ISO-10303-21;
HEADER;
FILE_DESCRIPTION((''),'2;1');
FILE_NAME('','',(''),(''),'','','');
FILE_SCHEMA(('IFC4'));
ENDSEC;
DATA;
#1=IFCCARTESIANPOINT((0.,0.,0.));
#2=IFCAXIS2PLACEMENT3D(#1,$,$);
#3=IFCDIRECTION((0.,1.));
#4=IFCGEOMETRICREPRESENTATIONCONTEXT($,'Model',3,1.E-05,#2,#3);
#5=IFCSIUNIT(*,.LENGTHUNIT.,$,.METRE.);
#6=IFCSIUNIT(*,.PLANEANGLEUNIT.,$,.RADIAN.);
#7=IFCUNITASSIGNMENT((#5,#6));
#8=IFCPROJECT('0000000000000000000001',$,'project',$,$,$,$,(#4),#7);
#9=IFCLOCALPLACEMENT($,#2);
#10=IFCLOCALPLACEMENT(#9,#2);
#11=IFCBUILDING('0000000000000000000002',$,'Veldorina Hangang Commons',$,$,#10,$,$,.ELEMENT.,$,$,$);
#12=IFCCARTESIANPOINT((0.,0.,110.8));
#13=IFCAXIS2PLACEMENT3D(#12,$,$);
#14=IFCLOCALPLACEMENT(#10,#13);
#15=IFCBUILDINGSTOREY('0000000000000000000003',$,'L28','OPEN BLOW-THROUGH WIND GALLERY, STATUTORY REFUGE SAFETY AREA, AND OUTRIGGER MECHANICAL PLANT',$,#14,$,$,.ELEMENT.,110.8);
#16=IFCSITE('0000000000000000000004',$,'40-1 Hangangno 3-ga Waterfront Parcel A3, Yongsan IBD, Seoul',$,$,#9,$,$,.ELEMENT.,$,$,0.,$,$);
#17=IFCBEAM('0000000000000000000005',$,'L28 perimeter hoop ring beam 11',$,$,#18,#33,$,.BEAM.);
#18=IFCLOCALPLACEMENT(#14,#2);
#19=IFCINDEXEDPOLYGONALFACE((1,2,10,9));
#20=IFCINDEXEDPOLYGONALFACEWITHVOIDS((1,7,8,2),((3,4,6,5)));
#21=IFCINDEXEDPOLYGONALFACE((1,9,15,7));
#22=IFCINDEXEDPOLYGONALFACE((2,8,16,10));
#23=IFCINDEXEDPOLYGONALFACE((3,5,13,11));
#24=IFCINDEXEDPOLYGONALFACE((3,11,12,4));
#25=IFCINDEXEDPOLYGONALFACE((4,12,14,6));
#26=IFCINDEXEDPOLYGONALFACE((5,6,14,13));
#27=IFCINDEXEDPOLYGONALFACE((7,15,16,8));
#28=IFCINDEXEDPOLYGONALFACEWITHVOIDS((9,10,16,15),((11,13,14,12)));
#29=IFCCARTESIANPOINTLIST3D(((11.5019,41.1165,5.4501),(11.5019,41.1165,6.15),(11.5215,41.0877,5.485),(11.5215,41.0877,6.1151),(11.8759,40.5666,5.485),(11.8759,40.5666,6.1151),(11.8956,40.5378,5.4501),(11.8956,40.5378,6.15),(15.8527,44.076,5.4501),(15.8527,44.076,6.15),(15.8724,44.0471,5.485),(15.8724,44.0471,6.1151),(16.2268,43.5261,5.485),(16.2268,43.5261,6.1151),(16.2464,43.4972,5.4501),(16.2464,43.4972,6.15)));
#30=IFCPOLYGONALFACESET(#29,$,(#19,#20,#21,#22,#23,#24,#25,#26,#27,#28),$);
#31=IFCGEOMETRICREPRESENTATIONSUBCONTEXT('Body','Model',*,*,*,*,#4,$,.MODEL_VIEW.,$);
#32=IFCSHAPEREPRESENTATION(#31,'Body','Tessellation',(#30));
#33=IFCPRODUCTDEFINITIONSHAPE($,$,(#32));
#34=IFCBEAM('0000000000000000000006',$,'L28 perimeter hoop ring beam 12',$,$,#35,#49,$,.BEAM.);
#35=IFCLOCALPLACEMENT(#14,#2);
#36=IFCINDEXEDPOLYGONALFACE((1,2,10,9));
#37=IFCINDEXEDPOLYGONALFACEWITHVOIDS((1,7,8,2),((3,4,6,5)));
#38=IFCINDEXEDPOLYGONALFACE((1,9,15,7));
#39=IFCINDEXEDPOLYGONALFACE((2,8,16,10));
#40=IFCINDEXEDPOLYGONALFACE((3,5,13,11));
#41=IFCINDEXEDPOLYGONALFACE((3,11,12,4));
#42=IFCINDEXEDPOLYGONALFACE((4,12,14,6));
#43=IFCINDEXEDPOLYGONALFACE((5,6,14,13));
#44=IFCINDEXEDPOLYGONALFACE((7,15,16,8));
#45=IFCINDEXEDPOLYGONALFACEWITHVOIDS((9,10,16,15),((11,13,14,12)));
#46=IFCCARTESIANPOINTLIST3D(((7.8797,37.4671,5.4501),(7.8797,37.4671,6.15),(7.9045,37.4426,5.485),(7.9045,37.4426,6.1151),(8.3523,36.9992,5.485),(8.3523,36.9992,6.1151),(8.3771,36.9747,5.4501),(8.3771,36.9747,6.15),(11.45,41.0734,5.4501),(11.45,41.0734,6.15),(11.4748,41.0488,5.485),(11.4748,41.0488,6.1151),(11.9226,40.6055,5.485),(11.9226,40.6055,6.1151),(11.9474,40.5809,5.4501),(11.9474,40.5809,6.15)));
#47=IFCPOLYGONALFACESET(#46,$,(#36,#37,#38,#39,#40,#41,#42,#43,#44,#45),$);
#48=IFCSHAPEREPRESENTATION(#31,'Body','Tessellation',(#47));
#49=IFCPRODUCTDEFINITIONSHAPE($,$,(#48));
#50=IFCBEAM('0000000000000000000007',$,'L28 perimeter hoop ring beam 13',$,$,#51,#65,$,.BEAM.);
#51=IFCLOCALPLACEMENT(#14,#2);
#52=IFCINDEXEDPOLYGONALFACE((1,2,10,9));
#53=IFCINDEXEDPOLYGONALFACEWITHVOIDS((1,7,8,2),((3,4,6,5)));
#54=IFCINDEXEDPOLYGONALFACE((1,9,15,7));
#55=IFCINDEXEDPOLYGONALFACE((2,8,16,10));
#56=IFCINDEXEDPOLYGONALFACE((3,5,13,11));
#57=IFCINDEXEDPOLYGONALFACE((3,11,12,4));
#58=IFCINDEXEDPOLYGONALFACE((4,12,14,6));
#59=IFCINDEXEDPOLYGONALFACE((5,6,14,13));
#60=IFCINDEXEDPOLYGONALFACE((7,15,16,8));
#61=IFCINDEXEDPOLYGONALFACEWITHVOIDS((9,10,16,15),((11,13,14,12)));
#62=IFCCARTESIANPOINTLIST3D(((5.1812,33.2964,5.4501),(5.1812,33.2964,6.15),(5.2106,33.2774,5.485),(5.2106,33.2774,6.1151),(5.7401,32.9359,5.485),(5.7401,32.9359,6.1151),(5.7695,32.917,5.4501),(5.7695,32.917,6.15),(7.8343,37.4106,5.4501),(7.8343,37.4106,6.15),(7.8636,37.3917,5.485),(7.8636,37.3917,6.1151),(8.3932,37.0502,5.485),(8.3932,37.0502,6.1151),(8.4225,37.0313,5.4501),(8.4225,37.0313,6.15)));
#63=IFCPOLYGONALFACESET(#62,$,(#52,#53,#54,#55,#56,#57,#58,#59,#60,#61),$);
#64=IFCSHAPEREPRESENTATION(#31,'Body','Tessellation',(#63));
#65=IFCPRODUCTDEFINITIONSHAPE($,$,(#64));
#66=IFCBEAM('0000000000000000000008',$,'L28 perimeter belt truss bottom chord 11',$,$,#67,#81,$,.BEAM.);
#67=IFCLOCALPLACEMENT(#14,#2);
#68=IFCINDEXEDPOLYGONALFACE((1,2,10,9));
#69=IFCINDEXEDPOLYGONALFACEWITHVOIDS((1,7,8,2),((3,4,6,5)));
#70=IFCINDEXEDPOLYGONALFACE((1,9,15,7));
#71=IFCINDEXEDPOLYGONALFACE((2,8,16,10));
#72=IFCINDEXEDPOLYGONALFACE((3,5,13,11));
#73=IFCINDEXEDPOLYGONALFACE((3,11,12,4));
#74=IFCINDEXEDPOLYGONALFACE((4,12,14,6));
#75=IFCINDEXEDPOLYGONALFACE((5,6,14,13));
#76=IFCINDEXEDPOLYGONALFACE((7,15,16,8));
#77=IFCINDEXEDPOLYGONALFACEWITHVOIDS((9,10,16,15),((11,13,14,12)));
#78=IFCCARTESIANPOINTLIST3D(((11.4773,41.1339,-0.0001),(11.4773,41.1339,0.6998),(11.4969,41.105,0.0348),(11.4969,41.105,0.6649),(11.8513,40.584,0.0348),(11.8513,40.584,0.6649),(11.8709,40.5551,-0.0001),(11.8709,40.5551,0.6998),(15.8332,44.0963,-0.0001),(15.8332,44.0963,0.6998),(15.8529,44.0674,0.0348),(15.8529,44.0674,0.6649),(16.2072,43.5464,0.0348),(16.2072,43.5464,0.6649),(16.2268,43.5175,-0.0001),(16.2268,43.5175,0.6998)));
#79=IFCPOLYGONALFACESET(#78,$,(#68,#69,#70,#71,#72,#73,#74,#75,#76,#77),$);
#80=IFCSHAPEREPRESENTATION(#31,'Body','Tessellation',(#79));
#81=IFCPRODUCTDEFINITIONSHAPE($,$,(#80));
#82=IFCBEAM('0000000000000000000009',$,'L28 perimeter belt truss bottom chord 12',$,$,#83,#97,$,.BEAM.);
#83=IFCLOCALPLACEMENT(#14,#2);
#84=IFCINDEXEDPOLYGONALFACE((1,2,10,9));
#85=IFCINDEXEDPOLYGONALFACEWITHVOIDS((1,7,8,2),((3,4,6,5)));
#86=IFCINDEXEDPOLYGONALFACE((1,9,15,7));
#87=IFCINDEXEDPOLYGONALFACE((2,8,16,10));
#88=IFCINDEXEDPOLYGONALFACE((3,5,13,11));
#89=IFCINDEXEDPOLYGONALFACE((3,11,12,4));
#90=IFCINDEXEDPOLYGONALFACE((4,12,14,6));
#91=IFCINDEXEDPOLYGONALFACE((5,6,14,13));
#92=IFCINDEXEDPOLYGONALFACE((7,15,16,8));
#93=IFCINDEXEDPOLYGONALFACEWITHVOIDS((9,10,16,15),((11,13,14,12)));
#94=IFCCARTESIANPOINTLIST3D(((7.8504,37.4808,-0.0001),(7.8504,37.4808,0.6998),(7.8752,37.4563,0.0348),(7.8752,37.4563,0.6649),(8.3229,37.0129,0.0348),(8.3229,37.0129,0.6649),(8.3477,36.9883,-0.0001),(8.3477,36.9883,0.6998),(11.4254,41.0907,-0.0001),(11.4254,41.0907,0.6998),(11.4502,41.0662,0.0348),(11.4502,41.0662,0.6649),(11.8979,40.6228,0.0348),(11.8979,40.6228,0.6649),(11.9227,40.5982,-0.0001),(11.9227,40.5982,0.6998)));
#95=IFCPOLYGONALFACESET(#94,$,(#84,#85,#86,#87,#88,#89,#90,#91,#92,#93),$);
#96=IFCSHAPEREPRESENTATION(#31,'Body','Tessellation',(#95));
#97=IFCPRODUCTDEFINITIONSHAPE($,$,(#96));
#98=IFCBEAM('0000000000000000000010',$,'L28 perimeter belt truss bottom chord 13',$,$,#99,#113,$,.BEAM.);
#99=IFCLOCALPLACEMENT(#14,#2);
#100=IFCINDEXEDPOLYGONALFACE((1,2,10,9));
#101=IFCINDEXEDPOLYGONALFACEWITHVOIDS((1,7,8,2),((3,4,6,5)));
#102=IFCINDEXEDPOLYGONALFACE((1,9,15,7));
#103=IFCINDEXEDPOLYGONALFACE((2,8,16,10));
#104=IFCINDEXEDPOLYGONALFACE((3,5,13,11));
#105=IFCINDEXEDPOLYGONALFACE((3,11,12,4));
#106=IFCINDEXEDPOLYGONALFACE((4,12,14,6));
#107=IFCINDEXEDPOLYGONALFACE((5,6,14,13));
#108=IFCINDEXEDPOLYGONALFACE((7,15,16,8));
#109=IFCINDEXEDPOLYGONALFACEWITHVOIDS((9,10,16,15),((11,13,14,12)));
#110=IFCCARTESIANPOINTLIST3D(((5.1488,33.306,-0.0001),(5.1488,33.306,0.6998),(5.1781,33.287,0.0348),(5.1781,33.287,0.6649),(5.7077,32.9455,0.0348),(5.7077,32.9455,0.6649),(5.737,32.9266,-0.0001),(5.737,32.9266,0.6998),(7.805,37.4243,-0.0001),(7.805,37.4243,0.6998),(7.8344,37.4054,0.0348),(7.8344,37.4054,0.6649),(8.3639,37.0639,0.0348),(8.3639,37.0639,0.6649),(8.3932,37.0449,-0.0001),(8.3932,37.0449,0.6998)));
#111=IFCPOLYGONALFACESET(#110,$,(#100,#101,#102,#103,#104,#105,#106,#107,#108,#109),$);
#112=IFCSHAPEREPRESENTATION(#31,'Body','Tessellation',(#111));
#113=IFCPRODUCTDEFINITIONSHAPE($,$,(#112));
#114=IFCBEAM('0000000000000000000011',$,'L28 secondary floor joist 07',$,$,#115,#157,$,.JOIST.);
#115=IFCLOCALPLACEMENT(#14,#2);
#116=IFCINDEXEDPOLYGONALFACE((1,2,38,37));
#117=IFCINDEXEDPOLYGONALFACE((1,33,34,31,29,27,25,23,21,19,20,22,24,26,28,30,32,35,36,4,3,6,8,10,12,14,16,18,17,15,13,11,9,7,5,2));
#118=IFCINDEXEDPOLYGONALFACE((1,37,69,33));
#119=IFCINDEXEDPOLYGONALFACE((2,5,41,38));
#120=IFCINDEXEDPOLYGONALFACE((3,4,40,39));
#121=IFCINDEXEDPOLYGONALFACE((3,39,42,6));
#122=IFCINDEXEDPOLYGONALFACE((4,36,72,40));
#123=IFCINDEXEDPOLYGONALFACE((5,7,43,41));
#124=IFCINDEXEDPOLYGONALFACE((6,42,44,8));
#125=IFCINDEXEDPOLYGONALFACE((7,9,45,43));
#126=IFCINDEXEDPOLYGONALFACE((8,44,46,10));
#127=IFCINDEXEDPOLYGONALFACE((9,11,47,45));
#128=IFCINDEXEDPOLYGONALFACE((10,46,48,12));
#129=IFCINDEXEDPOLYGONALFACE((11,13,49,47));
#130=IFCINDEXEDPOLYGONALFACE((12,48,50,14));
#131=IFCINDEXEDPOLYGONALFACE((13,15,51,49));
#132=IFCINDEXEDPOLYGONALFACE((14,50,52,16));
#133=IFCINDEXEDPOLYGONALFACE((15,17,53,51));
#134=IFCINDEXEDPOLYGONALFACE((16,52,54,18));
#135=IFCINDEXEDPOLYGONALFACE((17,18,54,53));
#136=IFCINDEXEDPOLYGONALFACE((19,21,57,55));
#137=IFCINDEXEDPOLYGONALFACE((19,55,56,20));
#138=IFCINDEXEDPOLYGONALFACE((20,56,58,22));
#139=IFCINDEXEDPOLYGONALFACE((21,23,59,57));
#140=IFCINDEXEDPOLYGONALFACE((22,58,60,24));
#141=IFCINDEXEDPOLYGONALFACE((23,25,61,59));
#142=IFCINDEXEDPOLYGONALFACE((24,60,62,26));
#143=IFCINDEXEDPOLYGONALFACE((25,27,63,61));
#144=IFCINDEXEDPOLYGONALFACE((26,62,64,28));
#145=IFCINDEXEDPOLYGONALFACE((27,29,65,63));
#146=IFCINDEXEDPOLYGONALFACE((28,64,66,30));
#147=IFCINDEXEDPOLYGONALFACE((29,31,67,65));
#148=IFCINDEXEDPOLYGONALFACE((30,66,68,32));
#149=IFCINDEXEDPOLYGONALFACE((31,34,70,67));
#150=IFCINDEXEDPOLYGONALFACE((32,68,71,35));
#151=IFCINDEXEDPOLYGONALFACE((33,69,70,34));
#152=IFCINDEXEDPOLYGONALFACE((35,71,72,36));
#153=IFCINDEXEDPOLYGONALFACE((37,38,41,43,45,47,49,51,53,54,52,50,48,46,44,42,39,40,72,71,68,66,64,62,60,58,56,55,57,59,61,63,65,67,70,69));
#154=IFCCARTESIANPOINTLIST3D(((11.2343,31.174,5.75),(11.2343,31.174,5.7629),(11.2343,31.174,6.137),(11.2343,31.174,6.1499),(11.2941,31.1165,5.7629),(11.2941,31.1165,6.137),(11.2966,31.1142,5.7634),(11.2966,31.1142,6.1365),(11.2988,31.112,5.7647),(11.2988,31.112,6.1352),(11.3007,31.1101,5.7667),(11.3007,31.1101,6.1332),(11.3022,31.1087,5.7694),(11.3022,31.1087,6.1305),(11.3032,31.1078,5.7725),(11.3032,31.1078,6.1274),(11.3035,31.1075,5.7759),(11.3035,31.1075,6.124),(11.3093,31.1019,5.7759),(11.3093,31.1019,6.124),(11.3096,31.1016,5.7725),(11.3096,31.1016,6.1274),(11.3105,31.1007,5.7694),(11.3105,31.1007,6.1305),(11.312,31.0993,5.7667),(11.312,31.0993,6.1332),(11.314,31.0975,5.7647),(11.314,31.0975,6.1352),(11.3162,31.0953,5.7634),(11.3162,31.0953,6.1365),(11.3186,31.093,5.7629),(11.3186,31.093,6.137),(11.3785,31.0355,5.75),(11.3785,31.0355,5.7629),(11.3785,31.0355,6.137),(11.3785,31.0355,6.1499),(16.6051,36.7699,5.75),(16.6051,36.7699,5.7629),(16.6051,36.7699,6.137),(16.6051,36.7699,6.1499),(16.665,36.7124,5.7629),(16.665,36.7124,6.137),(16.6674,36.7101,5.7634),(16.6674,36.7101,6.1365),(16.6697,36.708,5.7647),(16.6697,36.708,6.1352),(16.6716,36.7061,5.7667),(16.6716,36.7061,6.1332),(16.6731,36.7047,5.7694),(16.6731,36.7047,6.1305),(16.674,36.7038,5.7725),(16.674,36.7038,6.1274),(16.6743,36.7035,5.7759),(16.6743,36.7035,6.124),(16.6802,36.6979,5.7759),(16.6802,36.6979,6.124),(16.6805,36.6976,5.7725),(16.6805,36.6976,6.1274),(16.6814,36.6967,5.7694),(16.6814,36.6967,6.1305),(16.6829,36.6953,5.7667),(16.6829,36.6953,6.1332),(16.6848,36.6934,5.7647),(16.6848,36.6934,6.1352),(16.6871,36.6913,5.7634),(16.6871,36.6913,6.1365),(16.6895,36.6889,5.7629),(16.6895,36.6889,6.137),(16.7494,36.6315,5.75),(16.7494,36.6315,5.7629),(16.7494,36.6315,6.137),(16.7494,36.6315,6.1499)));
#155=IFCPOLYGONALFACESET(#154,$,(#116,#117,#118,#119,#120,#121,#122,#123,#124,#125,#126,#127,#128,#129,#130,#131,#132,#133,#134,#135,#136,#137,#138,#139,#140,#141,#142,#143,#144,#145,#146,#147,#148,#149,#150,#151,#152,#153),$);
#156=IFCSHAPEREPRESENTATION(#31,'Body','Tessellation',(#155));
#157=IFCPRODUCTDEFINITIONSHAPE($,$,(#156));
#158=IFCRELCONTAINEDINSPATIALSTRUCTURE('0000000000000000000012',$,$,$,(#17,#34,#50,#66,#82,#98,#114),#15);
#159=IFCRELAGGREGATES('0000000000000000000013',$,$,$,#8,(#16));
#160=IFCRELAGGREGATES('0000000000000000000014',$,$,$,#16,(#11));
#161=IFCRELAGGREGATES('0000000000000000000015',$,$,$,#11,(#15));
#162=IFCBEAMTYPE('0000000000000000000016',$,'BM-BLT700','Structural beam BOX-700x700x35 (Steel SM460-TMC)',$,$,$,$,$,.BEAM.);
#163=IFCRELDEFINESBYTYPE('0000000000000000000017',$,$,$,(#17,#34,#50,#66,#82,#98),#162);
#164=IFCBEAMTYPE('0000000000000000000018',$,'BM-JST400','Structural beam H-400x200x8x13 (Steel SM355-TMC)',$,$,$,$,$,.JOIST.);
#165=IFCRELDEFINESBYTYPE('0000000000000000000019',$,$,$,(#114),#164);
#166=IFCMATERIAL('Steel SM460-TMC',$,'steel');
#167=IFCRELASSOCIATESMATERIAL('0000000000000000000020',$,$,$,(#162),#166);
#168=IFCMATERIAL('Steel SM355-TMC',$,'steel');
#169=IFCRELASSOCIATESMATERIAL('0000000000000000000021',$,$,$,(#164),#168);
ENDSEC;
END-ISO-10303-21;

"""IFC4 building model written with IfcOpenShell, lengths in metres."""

from ifc_helpers import new_model, si_unit, direction, frame, origin, origin_2d, place, context, subcontext, project, spatial, hollow_rectangle, i_section, extrude, material, material_profile, profile_set, type_object, element, save


model = new_model("IFC4")

# Units and contexts
model_context = context("Model", 3, precision=1e-05, world=origin(), true_north=direction((0.0, 1.0)))
body_context = subcontext(model_context, "Body", "Model", "MODEL_VIEW")
ifc_project = project(units=[si_unit("LENGTHUNIT", "METRE"), si_unit("PLANEANGLEUNIT", "RADIAN")], contexts=[model_context])

# Site, building, storey
site_placement = place(None, origin())
site = spatial("IfcSite", under=ifc_project, at=site_placement, Name="40-1 Hangangno 3-ga Waterfront Parcel A3, Yongsan IBD, Seoul", CompositionType="ELEMENT", RefElevation=0.0)
building_placement = place(site_placement, origin())
building = spatial("IfcBuilding", under=site, at=building_placement, Name="Veldorina Hangang Commons", CompositionType="ELEMENT")
storey_placement = place(building_placement, frame((0.0, 0.0, 110.8)))
storey = spatial("IfcBuildingStorey", under=building, at=storey_placement, Name="L28", Description="OPEN BLOW-THROUGH WIND GALLERY, STATUTORY REFUGE SAFETY AREA, AND OUTRIGGER MECHANICAL PLANT", CompositionType="ELEMENT", Elevation=110.8)

# Beams
ifc_material_1 = material(Name="Steel SM460-TMC", Category="steel")
ifc_material_profile_1 = material_profile(ifc_material_1, hollow_rectangle(XDim=0.7, YDim=0.7, WallThickness=0.0349, at=origin_2d()), Name="BOX-700x700x35")
ifc_profile_set_1 = profile_set([ifc_material_profile_1], Name="Steel SM460-TMC")
beam_type_1 = type_object("IfcBeamType", Name="BM-BLT700", Description="Structural beam BOX-700x700x35 (Steel SM460-TMC)", PredefinedType="BEAM", material=ifc_profile_set_1)
beam_1_placement = place(storey_placement, frame((16.0496, 43.7866, 5.8), z_axis=(-0.826846, -0.562428, 0.0), x_axis=(0.562428, -0.826846, 0.0)))
element("IfcBeam", 1, at=beam_1_placement, inside=storey, type_object=beam_type_1, Name="L28 perimeter hoop ring beam 11", PredefinedType="BEAM", context=body_context, shape_type="SweptSolid", body=[
    extrude(hollow_rectangle(XDim=0.7, YDim=0.7, WallThickness=0.0349, at=origin_2d()), origin(), (0.0, 0.0, 1.0), 5.262),
])
beam_2_placement = place(storey_placement, frame((11.6987, 40.8271, 5.8), z_axis=(-0.703562, -0.710634, 0.0), x_axis=(0.710634, -0.703562, 0.0)))
element("IfcBeam", 2, at=beam_2_placement, inside=storey, type_object=beam_type_1, Name="L28 perimeter hoop ring beam 12", PredefinedType="BEAM", context=body_context, shape_type="SweptSolid", body=[
    extrude(hollow_rectangle(XDim=0.7, YDim=0.7, WallThickness=0.0349, at=origin_2d()), origin(), (0.0, 0.0, 1.0), 5.0747),
])
beam_3_placement = place(storey_placement, frame((8.1284, 37.2209, 5.8), z_axis=(-0.541942, -0.840416, 0.0), x_axis=(0.840416, -0.541942, 0.0)))
element("IfcBeam", 3, at=beam_3_placement, inside=storey, type_object=beam_type_1, Name="L28 perimeter hoop ring beam 13", PredefinedType="BEAM", context=body_context, shape_type="SweptSolid", body=[
    extrude(hollow_rectangle(XDim=0.7, YDim=0.7, WallThickness=0.0349, at=origin_2d()), origin(), (0.0, 0.0, 1.0), 4.8955),
])
beam_4_placement = place(storey_placement, frame((16.03, 43.8069, 0.3499), z_axis=(-0.826895, -0.562356, 0.0), x_axis=(0.562356, -0.826895, 0.0)))
element("IfcBeam", 4, at=beam_4_placement, inside=storey, type_object=beam_type_1, Name="L28 perimeter belt truss bottom chord 11", PredefinedType="BEAM", context=body_context, shape_type="SweptSolid", body=[
    extrude(hollow_rectangle(XDim=0.7, YDim=0.7, WallThickness=0.0349, at=origin_2d()), origin(), (0.0, 0.0, 1.0), 5.2678),
])
beam_5_placement = place(storey_placement, frame((11.6741, 40.8445, 0.3499), z_axis=(-0.703663, -0.710534, 0.0), x_axis=(0.710534, -0.703663, 0.0)))
element("IfcBeam", 5, at=beam_5_placement, inside=storey, type_object=beam_type_1, Name="L28 perimeter belt truss bottom chord 12", PredefinedType="BEAM", context=body_context, shape_type="SweptSolid", body=[
    extrude(hollow_rectangle(XDim=0.7, YDim=0.7, WallThickness=0.0349, at=origin_2d()), origin(), (0.0, 0.0, 1.0), 5.0806),
])
beam_6_placement = place(storey_placement, frame((8.0991, 37.2346, 0.3499), z_axis=(-0.542013, -0.84037, 0.0), x_axis=(0.84037, -0.542013, 0.0)))
element("IfcBeam", 6, at=beam_6_placement, inside=storey, type_object=beam_type_1, Name="L28 perimeter belt truss bottom chord 13", PredefinedType="BEAM", context=body_context, shape_type="SweptSolid", body=[
    extrude(hollow_rectangle(XDim=0.7, YDim=0.7, WallThickness=0.0349, at=origin_2d()), origin(), (0.0, 0.0, 1.0), 4.9006),
])
ifc_material_2 = material(Name="Steel SM355-TMC", Category="steel")
ifc_material_profile_2 = material_profile(ifc_material_2, i_section(OverallWidth=0.2, OverallDepth=0.3999, WebThickness=0.0081, FlangeThickness=0.0129, FilletRadius=0.0129, at=origin_2d()), Name="H-400x200x8x13")
ifc_profile_set_2 = profile_set([ifc_material_profile_2], Name="Steel SM355-TMC")
beam_type_2 = type_object("IfcBeamType", Name="BM-JST400", Description="Structural beam H-400x200x8x13 (Steel SM355-TMC)", PredefinedType="JOIST", material=ifc_profile_set_2)
beam_7_placement = place(storey_placement, frame((16.6772, 36.7007, 5.95), z_axis=(-0.692447, -0.721468, 0.0), x_axis=(0.721468, -0.692447, 0.0)))
element("IfcBeam", 7, at=beam_7_placement, inside=storey, type_object=beam_type_2, Name="L28 secondary floor joist 07", PredefinedType="JOIST", context=body_context, shape_type="SweptSolid", body=[
    extrude(i_section(OverallWidth=0.2, OverallDepth=0.3999, WebThickness=0.0081, FlangeThickness=0.0129, FilletRadius=0.0129, at=origin_2d()), origin(), (0.0, 0.0, 1.0), 7.7563),
])

save(model, "model.ifc")
